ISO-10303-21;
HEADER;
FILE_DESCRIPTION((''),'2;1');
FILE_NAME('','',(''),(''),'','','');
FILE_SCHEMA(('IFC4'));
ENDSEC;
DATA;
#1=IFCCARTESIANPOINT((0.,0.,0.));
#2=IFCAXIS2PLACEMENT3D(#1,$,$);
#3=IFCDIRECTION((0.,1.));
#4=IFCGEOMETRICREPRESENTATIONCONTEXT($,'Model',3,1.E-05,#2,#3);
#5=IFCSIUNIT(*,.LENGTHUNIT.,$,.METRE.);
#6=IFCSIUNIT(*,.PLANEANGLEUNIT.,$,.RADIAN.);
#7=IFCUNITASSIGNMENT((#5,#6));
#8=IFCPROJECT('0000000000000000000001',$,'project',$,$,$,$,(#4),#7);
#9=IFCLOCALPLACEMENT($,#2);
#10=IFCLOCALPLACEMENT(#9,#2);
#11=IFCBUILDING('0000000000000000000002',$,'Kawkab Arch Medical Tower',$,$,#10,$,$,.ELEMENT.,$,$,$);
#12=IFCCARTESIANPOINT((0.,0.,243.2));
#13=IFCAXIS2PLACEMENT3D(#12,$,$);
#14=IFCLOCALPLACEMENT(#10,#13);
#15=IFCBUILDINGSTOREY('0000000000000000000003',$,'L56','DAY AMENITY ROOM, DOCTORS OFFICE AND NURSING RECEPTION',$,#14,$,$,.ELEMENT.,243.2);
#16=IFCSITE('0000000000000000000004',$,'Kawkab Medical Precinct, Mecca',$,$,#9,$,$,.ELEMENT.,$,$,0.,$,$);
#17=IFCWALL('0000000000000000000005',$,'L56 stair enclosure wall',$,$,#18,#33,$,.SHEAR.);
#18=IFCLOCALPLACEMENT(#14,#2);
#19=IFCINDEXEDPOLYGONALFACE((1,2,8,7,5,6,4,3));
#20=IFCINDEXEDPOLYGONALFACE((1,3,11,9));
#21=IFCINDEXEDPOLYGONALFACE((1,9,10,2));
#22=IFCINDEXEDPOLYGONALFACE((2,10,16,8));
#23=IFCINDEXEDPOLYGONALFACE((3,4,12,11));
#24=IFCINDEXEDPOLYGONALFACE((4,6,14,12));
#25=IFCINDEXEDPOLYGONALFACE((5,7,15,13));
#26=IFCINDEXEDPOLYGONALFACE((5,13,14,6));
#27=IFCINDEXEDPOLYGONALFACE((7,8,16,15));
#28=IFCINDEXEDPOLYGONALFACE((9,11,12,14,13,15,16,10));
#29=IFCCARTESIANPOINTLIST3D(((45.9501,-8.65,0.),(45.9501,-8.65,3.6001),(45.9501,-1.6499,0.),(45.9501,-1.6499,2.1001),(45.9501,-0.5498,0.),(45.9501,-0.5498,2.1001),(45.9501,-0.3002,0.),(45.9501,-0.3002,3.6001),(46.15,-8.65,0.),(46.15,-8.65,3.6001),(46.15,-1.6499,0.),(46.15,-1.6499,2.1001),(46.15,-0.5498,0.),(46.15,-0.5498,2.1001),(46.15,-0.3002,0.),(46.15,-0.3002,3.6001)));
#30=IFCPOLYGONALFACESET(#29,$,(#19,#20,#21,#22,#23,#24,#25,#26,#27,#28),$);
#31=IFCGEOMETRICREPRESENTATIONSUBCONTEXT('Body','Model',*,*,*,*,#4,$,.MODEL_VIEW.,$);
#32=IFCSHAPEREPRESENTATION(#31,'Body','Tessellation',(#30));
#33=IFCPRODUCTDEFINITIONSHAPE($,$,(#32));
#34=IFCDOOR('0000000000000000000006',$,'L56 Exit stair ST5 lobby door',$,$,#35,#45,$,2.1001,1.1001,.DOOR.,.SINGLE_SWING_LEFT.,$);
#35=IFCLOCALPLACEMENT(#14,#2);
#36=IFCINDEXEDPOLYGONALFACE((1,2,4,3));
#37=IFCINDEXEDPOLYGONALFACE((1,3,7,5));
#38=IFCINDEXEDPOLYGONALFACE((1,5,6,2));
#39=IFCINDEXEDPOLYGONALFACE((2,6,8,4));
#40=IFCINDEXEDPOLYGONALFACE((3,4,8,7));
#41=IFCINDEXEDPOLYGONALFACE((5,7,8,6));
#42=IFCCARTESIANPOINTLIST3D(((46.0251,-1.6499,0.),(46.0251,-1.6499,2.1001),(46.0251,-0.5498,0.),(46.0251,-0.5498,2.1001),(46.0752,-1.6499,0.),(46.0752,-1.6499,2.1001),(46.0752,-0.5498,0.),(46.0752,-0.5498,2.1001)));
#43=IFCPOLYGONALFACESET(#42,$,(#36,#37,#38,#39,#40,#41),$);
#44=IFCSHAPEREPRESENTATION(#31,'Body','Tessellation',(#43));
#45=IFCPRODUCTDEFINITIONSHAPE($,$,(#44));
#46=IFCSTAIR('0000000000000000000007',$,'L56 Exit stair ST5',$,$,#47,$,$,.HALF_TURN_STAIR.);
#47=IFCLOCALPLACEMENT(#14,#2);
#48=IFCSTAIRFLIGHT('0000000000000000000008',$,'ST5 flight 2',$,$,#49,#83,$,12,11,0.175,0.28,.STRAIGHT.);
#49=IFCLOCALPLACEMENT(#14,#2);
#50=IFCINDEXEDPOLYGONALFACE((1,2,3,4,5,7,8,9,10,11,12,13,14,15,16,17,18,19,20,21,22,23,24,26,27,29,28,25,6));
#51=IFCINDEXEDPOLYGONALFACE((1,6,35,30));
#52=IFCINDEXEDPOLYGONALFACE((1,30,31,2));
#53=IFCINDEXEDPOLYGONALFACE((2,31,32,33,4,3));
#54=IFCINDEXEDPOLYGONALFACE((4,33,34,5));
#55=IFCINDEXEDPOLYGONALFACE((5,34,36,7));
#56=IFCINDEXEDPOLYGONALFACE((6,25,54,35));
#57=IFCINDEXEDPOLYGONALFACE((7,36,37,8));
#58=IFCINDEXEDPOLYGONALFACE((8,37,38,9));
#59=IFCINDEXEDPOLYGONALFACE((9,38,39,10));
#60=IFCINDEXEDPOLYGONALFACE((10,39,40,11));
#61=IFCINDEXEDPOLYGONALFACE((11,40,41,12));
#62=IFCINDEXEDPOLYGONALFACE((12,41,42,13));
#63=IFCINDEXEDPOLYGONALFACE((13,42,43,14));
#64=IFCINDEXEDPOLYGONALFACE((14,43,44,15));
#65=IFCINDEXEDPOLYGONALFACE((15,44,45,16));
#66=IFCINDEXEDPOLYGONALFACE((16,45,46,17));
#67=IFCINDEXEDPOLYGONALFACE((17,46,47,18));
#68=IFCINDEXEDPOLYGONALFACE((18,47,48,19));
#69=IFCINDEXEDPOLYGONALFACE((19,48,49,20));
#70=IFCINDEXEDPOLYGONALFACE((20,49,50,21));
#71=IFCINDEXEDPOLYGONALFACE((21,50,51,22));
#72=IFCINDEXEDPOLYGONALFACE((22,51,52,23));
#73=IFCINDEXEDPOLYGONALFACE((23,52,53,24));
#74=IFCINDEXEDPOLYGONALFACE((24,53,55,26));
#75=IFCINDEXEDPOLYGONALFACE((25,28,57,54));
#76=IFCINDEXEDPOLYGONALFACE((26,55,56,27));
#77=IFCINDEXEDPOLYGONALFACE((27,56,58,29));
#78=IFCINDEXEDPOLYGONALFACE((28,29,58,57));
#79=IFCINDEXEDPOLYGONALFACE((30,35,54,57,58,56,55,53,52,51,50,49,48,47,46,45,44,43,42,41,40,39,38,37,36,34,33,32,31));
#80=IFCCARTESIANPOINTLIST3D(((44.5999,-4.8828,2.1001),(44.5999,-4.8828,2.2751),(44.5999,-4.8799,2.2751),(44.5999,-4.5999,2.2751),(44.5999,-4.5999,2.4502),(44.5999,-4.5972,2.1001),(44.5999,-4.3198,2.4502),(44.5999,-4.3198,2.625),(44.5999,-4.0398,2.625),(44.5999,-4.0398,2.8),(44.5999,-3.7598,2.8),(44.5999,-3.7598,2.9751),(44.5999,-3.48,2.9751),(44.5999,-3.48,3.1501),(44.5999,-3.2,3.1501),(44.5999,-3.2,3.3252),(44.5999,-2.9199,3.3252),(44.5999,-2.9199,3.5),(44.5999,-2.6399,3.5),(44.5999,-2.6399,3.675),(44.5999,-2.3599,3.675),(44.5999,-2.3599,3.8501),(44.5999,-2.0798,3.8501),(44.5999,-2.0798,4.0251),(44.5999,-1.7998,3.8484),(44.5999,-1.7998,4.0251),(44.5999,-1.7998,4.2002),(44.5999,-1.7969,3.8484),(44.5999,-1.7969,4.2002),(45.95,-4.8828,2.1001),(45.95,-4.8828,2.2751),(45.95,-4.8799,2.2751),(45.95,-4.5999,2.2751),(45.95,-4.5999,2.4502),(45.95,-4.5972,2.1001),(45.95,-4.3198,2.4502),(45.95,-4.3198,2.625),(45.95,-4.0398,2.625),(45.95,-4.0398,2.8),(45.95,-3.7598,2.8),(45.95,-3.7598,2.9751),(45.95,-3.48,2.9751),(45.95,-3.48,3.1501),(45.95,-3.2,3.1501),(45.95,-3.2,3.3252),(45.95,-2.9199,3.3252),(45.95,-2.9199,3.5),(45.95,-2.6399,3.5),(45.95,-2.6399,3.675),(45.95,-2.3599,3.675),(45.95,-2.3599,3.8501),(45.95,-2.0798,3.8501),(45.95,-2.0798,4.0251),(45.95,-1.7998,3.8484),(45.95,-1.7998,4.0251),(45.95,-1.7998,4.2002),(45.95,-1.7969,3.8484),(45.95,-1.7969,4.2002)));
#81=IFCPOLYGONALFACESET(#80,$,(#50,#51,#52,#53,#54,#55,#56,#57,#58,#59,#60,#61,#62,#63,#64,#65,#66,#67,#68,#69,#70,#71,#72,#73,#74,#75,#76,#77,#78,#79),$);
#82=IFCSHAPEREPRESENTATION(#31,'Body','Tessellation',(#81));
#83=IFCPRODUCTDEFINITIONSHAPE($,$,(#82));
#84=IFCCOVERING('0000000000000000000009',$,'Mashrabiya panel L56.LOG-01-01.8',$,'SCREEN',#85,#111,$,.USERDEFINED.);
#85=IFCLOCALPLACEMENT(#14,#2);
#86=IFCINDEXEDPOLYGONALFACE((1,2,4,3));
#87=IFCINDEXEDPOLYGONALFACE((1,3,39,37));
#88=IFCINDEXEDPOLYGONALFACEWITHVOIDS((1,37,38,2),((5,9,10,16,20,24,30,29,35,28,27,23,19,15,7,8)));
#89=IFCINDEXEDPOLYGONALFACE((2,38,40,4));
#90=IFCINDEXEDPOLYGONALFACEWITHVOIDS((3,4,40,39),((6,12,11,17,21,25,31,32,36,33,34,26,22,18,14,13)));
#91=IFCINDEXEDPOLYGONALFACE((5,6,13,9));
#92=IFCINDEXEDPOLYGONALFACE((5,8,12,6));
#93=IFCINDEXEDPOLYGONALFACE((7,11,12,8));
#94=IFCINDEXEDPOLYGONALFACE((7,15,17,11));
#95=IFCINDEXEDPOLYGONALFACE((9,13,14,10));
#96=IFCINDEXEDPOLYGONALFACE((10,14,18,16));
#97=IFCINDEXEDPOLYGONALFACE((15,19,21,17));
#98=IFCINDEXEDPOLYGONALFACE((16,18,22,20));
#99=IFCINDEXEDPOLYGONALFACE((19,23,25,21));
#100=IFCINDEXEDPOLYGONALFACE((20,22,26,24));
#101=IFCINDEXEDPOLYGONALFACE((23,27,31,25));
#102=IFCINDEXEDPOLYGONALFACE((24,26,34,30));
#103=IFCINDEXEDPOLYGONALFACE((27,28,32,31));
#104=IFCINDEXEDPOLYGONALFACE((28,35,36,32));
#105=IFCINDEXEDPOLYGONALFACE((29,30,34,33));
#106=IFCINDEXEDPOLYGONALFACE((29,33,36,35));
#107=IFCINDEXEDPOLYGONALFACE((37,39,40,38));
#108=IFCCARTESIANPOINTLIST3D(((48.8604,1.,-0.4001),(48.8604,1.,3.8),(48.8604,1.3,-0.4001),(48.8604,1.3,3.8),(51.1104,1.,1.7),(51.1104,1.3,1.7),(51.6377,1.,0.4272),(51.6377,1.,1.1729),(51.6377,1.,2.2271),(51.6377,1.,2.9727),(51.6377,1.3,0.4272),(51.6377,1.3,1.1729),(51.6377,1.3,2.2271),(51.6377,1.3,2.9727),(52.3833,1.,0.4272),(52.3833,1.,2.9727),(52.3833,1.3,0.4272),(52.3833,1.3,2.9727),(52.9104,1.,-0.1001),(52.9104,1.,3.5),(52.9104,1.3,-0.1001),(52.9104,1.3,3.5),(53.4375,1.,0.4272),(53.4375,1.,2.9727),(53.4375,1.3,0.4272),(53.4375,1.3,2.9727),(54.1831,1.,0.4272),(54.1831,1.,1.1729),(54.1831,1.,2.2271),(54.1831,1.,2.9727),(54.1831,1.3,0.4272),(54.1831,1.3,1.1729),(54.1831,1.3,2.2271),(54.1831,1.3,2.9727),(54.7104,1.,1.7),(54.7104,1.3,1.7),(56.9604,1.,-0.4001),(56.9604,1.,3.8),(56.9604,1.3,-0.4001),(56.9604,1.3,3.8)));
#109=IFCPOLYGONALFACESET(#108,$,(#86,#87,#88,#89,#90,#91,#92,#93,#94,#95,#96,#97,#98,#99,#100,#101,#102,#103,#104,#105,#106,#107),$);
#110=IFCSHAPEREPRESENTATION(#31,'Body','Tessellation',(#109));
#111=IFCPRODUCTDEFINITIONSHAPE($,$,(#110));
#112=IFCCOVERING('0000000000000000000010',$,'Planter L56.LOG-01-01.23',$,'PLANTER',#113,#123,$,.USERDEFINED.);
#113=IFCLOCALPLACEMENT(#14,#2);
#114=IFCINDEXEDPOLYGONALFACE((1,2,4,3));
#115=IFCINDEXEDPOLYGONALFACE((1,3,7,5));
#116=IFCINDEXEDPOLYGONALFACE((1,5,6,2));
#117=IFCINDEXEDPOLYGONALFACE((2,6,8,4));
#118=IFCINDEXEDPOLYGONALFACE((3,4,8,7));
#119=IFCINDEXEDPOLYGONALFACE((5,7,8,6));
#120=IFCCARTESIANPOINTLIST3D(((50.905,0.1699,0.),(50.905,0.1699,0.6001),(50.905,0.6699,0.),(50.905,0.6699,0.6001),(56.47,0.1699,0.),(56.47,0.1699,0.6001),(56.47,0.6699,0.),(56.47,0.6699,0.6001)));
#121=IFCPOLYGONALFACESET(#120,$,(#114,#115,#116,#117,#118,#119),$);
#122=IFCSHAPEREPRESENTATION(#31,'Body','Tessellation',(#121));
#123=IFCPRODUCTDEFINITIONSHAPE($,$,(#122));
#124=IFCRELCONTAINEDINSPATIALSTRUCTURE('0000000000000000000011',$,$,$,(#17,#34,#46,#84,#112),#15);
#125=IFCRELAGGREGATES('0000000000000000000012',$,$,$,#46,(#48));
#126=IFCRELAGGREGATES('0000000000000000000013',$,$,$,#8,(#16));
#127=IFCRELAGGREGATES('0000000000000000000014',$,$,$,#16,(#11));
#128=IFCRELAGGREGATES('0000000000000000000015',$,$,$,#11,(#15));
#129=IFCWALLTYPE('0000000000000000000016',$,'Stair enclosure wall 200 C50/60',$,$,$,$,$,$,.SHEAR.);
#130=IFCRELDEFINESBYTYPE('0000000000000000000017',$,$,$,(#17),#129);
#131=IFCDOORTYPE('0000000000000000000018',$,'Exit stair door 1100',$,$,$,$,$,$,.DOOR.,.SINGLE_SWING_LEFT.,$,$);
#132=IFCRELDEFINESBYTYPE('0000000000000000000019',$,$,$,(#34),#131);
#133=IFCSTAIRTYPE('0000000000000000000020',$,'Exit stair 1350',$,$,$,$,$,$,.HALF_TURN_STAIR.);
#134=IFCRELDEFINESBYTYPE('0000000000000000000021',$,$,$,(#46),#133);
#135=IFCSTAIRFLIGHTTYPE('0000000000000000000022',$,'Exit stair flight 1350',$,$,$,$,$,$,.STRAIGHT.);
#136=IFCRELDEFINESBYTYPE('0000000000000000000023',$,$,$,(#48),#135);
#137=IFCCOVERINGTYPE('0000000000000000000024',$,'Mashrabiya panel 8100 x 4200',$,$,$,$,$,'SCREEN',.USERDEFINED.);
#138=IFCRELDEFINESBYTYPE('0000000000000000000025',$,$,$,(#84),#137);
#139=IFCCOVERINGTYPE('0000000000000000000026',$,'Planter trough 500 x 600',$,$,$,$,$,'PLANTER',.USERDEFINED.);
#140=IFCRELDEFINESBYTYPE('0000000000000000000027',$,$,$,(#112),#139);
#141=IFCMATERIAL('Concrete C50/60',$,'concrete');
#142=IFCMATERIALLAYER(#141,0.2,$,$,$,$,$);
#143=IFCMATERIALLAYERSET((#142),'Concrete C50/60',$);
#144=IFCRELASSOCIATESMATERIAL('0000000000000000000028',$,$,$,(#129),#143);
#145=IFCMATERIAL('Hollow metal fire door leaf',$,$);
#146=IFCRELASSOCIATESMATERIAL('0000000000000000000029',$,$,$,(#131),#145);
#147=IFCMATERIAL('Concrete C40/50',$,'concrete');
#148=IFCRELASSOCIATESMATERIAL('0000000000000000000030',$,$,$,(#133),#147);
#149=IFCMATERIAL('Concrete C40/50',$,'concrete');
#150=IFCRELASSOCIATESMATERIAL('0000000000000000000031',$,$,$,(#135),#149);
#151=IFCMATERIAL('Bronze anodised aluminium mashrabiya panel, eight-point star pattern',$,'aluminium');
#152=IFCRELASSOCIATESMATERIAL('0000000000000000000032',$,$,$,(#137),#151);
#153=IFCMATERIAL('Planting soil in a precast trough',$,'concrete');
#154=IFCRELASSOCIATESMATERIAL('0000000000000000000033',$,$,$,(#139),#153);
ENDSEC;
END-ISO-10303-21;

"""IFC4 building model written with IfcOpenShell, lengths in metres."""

from ifc_helpers import new_model, si_unit, direction, frame, frame_2d, origin, origin_2d, place, context, subcontext, project, spatial, polyline, rectangle, outline, extrude, material, layer, layer_set, material_profile, profile_set, type_object, element, fill, aggregate, save


model = new_model("IFC4")

# Units and contexts
model_context = context("Model", 3, precision=1e-05, world=origin(), true_north=direction((0.0, 1.0)))
body_context = subcontext(model_context, "Body", "Model", "MODEL_VIEW")
ifc_project = project(units=[si_unit("LENGTHUNIT", "METRE"), si_unit("PLANEANGLEUNIT", "RADIAN")], contexts=[model_context])

# Site, building, storey
site_placement = place(None, origin())
site = spatial("IfcSite", under=ifc_project, at=site_placement, Name="Kawkab Medical Precinct, Mecca", CompositionType="ELEMENT", RefElevation=0.0)
building_placement = place(site_placement, origin())
building = spatial("IfcBuilding", under=site, at=building_placement, Name="Kawkab Arch Medical Tower", CompositionType="ELEMENT")
storey_placement = place(building_placement, frame((0.0, 0.0, 243.2)))
storey = spatial("IfcBuildingStorey", under=building, at=storey_placement, Name="L56", Description="DAY AMENITY ROOM, DOCTORS OFFICE AND NURSING RECEPTION", CompositionType="ELEMENT", Elevation=243.2)

# Shared definitions
placement = place(storey_placement, origin())

# Wall, opening, door
ifc_material_1 = material(Name="Concrete C50/60", Category="concrete")
ifc_layer_1 = layer(ifc_material_1, 0.2)
ifc_layer_set_1 = layer_set([ifc_layer_1], Name="Concrete C50/60")
wall_type_1 = type_object("IfcWallType", Name="Stair enclosure wall 200 C50/60", PredefinedType="SHEAR", material=ifc_layer_set_1)
wall_1_placement = place(storey_placement, frame((46.05, -8.6499, 0.0), z_axis=(0.0, 0.0, 1.0), x_axis=(0.0, 1.0, 0.0)))
wall_1 = element("IfcWall", 1, at=wall_1_placement, inside=storey, type_object=wall_type_1, Name="L56 stair enclosure wall", PredefinedType="SHEAR", context=body_context, shape_type="SweptSolid", body=[
    extrude(rectangle(XDim=8.3499, YDim=0.2, at=frame_2d((4.1748, 0.0))), origin(), (0.0, 0.0, 1.0), 3.6001),
])
opening_1_placement = place(wall_1_placement, frame((7.0, 0.0, 0.0)))
opening_1 = element("IfcOpeningElement", 2, at=opening_1_placement, cuts=wall_1, PredefinedType="OPENING", context=body_context, shape_type="SweptSolid", body=[
    extrude(rectangle(XDim=1.1001, YDim=2.1001, at=frame_2d((0.55, 1.05))), frame((0.0, 0.1099, 0.0), z_axis=(0.0, -1.0, 0.0), x_axis=(1.0, 0.0, 0.0)), (0.0, 0.0, 1.0), 0.22),
])
ifc_material_2 = material(Name="Hollow metal fire door leaf")
door_type_1 = type_object("IfcDoorType", Name="Exit stair door 1100", OperationType="SINGLE_SWING_LEFT", PredefinedType="DOOR", material=ifc_material_2)
door_1_placement = place(opening_1_placement, origin())
door_1 = element("IfcDoor", 3, at=door_1_placement, inside=storey, type_object=door_type_1, Name="L56 Exit stair ST5 lobby door", OperationType="SINGLE_SWING_LEFT", OverallHeight=2.1001, OverallWidth=1.1001, PredefinedType="DOOR", context=body_context, shape_type="SweptSolid", body=[
    extrude(rectangle(XDim=1.1001, YDim=2.1001, at=frame_2d((0.55, 1.05))), frame((0.0, 0.0249, 0.0), z_axis=(0.0, -1.0, 0.0), x_axis=(1.0, 0.0, 0.0)), (0.0, 0.0, 1.0), 0.05),
])
fill(opening_1, door_1)

# Stair, stair flight
ifc_material_3 = material(Name="Concrete C40/50", Category="concrete")
stair_type = type_object("IfcStairType", Name="Exit stair 1350", PredefinedType="HALF_TURN_STAIR", material=ifc_material_3)
stair = element("IfcStair", 4, at=placement, inside=storey, type_object=stair_type, Name="L56 Exit stair ST5", PredefinedType="HALF_TURN_STAIR")
ifc_material_4 = material(Name="Concrete C40/50", Category="concrete")
stair_flight_type = type_object("IfcStairFlightType", Name="Exit stair flight 1350", PredefinedType="STRAIGHT", material=ifc_material_4)
stair_flight_placement = place(storey_placement, frame((45.2749, -4.8799, 2.1001), z_axis=(0.0, 0.0, 1.0), x_axis=(0.0, 1.0, 0.0)))
stair_flight = element("IfcStairFlight", 5, at=stair_flight_placement, type_object=stair_flight_type, Name="ST5 flight 2", NumberOfRisers=12, NumberOfTreads=11, PredefinedType="STRAIGHT", RiserHeight=0.175, TreadLength=0.28, context=body_context, shape_type="SweptSolid", body=[
    extrude(outline(polyline([(-0.0029, 0.0), (-0.0029, 0.175), (0.0, 0.175), (0.28, 0.175), (0.28, 0.3501), (0.5601, 0.3501), (0.5601, 0.5249), (0.8401, 0.5249), (0.8401, 0.7), (1.1201, 0.7), (1.1201, 0.875), (1.3999, 0.875), (1.3999, 1.05), (1.6799, 1.05), (1.6799, 1.2251), (1.96, 1.2251), (1.96, 1.3999), (2.24, 1.3999), (2.24, 1.575), (2.52, 1.575), (2.52, 1.75), (2.8, 1.75), (2.8, 1.925), (3.0801, 1.925), (3.0801, 2.1001), (3.083, 2.1001), (3.083, 1.7483), (3.0801, 1.7483), (0.2827, 0.0), (-0.0029, 0.0)])), frame((0.0, 0.675, 0.0), z_axis=(0.0, -1.0, 0.0), x_axis=(1.0, 0.0, 0.0)), (0.0, 0.0, 1.0), 1.3501),
])
aggregate(stair, [stair_flight])

# Coverings
ifc_material_5 = material(Name="Bronze anodised aluminium mashrabiya panel, eight-point star pattern", Category="aluminium")
ifc_material_profile_1 = material_profile(ifc_material_5, outline(polyline([(-4.05, -2.1001), (4.05, -2.1001), (4.05, 2.1001), (-4.05, 2.1001), (-4.05, -2.1001)]), holes=[polyline([(1.8, 0.0), (1.2727, 0.5271), (1.2727, 1.2727), (0.5271, 1.2727), (0.0, 1.8), (-0.5271, 1.2727), (-1.2727, 1.2727), (-1.2727, 0.5271), (-1.8, 0.0), (-1.2727, -0.5271), (-1.2727, -1.2727), (-0.5271, -1.2727), (0.0, -1.8), (0.5271, -1.2727), (1.2727, -1.2727), (1.2727, -0.5271), (1.8, 0.0)])]), Name="Mashrabiya panel 8100x4200")
ifc_profile_set_1 = profile_set([ifc_material_profile_1], Name="Bronze anodised aluminium mashrabiya panel, eight-point star pattern")
covering_type_1 = type_object("IfcCoveringType", Name="Mashrabiya panel 8100 x 4200", ElementType="SCREEN", PredefinedType="USERDEFINED", material=ifc_profile_set_1)
covering_1_placement = place(storey_placement, frame((52.9104, 1.0, 1.7), z_axis=(0.0, 1.0, 0.0), x_axis=(-1.0, 0.0, 0.0)))
element("IfcCovering", 6, at=covering_1_placement, inside=storey, type_object=covering_type_1, Name="Mashrabiya panel L56.LOG-01-01.8", ObjectType="SCREEN", PredefinedType="USERDEFINED", context=body_context, shape_type="SweptSolid", body=[
    extrude(outline(polyline([(-4.05, -2.1001), (4.05, -2.1001), (4.05, 2.1001), (-4.05, 2.1001), (-4.05, -2.1001)]), holes=[polyline([(1.8, 0.0), (1.2727, 0.5271), (1.2727, 1.2727), (0.5271, 1.2727), (0.0, 1.8), (-0.5271, 1.2727), (-1.2727, 1.2727), (-1.2727, 0.5271), (-1.8, 0.0), (-1.2727, -0.5271), (-1.2727, -1.2727), (-0.5271, -1.2727), (0.0, -1.8), (0.5271, -1.2727), (1.2727, -1.2727), (1.2727, -0.5271), (1.8, 0.0)])]), origin(), (0.0, 0.0, 1.0), 0.3),
])
ifc_material_6 = material(Name="Planting soil in a precast trough", Category="concrete")
ifc_material_profile_2 = material_profile(ifc_material_6, rectangle(XDim=0.5, YDim=0.6001, at=origin_2d()), Name="Trough 500x600")
ifc_profile_set_2 = profile_set([ifc_material_profile_2], Name="Planting soil in a precast trough")
covering_type_2 = type_object("IfcCoveringType", Name="Planter trough 500 x 600", ElementType="PLANTER", PredefinedType="USERDEFINED", material=ifc_profile_set_2)
covering_2_placement = place(storey_placement, frame((50.905, 0.4199, 0.3), z_axis=(1.0, 0.0, 0.0), x_axis=(0.0, 1.0, 0.0)))
element("IfcCovering", 7, at=covering_2_placement, inside=storey, type_object=covering_type_2, Name="Planter L56.LOG-01-01.23", ObjectType="PLANTER", PredefinedType="USERDEFINED", context=body_context, shape_type="SweptSolid", body=[
    extrude(rectangle(XDim=0.5, YDim=0.6001, at=origin_2d()), origin(), (0.0, 0.0, 1.0), 5.5649),
])

save(model, "model.ifc")
